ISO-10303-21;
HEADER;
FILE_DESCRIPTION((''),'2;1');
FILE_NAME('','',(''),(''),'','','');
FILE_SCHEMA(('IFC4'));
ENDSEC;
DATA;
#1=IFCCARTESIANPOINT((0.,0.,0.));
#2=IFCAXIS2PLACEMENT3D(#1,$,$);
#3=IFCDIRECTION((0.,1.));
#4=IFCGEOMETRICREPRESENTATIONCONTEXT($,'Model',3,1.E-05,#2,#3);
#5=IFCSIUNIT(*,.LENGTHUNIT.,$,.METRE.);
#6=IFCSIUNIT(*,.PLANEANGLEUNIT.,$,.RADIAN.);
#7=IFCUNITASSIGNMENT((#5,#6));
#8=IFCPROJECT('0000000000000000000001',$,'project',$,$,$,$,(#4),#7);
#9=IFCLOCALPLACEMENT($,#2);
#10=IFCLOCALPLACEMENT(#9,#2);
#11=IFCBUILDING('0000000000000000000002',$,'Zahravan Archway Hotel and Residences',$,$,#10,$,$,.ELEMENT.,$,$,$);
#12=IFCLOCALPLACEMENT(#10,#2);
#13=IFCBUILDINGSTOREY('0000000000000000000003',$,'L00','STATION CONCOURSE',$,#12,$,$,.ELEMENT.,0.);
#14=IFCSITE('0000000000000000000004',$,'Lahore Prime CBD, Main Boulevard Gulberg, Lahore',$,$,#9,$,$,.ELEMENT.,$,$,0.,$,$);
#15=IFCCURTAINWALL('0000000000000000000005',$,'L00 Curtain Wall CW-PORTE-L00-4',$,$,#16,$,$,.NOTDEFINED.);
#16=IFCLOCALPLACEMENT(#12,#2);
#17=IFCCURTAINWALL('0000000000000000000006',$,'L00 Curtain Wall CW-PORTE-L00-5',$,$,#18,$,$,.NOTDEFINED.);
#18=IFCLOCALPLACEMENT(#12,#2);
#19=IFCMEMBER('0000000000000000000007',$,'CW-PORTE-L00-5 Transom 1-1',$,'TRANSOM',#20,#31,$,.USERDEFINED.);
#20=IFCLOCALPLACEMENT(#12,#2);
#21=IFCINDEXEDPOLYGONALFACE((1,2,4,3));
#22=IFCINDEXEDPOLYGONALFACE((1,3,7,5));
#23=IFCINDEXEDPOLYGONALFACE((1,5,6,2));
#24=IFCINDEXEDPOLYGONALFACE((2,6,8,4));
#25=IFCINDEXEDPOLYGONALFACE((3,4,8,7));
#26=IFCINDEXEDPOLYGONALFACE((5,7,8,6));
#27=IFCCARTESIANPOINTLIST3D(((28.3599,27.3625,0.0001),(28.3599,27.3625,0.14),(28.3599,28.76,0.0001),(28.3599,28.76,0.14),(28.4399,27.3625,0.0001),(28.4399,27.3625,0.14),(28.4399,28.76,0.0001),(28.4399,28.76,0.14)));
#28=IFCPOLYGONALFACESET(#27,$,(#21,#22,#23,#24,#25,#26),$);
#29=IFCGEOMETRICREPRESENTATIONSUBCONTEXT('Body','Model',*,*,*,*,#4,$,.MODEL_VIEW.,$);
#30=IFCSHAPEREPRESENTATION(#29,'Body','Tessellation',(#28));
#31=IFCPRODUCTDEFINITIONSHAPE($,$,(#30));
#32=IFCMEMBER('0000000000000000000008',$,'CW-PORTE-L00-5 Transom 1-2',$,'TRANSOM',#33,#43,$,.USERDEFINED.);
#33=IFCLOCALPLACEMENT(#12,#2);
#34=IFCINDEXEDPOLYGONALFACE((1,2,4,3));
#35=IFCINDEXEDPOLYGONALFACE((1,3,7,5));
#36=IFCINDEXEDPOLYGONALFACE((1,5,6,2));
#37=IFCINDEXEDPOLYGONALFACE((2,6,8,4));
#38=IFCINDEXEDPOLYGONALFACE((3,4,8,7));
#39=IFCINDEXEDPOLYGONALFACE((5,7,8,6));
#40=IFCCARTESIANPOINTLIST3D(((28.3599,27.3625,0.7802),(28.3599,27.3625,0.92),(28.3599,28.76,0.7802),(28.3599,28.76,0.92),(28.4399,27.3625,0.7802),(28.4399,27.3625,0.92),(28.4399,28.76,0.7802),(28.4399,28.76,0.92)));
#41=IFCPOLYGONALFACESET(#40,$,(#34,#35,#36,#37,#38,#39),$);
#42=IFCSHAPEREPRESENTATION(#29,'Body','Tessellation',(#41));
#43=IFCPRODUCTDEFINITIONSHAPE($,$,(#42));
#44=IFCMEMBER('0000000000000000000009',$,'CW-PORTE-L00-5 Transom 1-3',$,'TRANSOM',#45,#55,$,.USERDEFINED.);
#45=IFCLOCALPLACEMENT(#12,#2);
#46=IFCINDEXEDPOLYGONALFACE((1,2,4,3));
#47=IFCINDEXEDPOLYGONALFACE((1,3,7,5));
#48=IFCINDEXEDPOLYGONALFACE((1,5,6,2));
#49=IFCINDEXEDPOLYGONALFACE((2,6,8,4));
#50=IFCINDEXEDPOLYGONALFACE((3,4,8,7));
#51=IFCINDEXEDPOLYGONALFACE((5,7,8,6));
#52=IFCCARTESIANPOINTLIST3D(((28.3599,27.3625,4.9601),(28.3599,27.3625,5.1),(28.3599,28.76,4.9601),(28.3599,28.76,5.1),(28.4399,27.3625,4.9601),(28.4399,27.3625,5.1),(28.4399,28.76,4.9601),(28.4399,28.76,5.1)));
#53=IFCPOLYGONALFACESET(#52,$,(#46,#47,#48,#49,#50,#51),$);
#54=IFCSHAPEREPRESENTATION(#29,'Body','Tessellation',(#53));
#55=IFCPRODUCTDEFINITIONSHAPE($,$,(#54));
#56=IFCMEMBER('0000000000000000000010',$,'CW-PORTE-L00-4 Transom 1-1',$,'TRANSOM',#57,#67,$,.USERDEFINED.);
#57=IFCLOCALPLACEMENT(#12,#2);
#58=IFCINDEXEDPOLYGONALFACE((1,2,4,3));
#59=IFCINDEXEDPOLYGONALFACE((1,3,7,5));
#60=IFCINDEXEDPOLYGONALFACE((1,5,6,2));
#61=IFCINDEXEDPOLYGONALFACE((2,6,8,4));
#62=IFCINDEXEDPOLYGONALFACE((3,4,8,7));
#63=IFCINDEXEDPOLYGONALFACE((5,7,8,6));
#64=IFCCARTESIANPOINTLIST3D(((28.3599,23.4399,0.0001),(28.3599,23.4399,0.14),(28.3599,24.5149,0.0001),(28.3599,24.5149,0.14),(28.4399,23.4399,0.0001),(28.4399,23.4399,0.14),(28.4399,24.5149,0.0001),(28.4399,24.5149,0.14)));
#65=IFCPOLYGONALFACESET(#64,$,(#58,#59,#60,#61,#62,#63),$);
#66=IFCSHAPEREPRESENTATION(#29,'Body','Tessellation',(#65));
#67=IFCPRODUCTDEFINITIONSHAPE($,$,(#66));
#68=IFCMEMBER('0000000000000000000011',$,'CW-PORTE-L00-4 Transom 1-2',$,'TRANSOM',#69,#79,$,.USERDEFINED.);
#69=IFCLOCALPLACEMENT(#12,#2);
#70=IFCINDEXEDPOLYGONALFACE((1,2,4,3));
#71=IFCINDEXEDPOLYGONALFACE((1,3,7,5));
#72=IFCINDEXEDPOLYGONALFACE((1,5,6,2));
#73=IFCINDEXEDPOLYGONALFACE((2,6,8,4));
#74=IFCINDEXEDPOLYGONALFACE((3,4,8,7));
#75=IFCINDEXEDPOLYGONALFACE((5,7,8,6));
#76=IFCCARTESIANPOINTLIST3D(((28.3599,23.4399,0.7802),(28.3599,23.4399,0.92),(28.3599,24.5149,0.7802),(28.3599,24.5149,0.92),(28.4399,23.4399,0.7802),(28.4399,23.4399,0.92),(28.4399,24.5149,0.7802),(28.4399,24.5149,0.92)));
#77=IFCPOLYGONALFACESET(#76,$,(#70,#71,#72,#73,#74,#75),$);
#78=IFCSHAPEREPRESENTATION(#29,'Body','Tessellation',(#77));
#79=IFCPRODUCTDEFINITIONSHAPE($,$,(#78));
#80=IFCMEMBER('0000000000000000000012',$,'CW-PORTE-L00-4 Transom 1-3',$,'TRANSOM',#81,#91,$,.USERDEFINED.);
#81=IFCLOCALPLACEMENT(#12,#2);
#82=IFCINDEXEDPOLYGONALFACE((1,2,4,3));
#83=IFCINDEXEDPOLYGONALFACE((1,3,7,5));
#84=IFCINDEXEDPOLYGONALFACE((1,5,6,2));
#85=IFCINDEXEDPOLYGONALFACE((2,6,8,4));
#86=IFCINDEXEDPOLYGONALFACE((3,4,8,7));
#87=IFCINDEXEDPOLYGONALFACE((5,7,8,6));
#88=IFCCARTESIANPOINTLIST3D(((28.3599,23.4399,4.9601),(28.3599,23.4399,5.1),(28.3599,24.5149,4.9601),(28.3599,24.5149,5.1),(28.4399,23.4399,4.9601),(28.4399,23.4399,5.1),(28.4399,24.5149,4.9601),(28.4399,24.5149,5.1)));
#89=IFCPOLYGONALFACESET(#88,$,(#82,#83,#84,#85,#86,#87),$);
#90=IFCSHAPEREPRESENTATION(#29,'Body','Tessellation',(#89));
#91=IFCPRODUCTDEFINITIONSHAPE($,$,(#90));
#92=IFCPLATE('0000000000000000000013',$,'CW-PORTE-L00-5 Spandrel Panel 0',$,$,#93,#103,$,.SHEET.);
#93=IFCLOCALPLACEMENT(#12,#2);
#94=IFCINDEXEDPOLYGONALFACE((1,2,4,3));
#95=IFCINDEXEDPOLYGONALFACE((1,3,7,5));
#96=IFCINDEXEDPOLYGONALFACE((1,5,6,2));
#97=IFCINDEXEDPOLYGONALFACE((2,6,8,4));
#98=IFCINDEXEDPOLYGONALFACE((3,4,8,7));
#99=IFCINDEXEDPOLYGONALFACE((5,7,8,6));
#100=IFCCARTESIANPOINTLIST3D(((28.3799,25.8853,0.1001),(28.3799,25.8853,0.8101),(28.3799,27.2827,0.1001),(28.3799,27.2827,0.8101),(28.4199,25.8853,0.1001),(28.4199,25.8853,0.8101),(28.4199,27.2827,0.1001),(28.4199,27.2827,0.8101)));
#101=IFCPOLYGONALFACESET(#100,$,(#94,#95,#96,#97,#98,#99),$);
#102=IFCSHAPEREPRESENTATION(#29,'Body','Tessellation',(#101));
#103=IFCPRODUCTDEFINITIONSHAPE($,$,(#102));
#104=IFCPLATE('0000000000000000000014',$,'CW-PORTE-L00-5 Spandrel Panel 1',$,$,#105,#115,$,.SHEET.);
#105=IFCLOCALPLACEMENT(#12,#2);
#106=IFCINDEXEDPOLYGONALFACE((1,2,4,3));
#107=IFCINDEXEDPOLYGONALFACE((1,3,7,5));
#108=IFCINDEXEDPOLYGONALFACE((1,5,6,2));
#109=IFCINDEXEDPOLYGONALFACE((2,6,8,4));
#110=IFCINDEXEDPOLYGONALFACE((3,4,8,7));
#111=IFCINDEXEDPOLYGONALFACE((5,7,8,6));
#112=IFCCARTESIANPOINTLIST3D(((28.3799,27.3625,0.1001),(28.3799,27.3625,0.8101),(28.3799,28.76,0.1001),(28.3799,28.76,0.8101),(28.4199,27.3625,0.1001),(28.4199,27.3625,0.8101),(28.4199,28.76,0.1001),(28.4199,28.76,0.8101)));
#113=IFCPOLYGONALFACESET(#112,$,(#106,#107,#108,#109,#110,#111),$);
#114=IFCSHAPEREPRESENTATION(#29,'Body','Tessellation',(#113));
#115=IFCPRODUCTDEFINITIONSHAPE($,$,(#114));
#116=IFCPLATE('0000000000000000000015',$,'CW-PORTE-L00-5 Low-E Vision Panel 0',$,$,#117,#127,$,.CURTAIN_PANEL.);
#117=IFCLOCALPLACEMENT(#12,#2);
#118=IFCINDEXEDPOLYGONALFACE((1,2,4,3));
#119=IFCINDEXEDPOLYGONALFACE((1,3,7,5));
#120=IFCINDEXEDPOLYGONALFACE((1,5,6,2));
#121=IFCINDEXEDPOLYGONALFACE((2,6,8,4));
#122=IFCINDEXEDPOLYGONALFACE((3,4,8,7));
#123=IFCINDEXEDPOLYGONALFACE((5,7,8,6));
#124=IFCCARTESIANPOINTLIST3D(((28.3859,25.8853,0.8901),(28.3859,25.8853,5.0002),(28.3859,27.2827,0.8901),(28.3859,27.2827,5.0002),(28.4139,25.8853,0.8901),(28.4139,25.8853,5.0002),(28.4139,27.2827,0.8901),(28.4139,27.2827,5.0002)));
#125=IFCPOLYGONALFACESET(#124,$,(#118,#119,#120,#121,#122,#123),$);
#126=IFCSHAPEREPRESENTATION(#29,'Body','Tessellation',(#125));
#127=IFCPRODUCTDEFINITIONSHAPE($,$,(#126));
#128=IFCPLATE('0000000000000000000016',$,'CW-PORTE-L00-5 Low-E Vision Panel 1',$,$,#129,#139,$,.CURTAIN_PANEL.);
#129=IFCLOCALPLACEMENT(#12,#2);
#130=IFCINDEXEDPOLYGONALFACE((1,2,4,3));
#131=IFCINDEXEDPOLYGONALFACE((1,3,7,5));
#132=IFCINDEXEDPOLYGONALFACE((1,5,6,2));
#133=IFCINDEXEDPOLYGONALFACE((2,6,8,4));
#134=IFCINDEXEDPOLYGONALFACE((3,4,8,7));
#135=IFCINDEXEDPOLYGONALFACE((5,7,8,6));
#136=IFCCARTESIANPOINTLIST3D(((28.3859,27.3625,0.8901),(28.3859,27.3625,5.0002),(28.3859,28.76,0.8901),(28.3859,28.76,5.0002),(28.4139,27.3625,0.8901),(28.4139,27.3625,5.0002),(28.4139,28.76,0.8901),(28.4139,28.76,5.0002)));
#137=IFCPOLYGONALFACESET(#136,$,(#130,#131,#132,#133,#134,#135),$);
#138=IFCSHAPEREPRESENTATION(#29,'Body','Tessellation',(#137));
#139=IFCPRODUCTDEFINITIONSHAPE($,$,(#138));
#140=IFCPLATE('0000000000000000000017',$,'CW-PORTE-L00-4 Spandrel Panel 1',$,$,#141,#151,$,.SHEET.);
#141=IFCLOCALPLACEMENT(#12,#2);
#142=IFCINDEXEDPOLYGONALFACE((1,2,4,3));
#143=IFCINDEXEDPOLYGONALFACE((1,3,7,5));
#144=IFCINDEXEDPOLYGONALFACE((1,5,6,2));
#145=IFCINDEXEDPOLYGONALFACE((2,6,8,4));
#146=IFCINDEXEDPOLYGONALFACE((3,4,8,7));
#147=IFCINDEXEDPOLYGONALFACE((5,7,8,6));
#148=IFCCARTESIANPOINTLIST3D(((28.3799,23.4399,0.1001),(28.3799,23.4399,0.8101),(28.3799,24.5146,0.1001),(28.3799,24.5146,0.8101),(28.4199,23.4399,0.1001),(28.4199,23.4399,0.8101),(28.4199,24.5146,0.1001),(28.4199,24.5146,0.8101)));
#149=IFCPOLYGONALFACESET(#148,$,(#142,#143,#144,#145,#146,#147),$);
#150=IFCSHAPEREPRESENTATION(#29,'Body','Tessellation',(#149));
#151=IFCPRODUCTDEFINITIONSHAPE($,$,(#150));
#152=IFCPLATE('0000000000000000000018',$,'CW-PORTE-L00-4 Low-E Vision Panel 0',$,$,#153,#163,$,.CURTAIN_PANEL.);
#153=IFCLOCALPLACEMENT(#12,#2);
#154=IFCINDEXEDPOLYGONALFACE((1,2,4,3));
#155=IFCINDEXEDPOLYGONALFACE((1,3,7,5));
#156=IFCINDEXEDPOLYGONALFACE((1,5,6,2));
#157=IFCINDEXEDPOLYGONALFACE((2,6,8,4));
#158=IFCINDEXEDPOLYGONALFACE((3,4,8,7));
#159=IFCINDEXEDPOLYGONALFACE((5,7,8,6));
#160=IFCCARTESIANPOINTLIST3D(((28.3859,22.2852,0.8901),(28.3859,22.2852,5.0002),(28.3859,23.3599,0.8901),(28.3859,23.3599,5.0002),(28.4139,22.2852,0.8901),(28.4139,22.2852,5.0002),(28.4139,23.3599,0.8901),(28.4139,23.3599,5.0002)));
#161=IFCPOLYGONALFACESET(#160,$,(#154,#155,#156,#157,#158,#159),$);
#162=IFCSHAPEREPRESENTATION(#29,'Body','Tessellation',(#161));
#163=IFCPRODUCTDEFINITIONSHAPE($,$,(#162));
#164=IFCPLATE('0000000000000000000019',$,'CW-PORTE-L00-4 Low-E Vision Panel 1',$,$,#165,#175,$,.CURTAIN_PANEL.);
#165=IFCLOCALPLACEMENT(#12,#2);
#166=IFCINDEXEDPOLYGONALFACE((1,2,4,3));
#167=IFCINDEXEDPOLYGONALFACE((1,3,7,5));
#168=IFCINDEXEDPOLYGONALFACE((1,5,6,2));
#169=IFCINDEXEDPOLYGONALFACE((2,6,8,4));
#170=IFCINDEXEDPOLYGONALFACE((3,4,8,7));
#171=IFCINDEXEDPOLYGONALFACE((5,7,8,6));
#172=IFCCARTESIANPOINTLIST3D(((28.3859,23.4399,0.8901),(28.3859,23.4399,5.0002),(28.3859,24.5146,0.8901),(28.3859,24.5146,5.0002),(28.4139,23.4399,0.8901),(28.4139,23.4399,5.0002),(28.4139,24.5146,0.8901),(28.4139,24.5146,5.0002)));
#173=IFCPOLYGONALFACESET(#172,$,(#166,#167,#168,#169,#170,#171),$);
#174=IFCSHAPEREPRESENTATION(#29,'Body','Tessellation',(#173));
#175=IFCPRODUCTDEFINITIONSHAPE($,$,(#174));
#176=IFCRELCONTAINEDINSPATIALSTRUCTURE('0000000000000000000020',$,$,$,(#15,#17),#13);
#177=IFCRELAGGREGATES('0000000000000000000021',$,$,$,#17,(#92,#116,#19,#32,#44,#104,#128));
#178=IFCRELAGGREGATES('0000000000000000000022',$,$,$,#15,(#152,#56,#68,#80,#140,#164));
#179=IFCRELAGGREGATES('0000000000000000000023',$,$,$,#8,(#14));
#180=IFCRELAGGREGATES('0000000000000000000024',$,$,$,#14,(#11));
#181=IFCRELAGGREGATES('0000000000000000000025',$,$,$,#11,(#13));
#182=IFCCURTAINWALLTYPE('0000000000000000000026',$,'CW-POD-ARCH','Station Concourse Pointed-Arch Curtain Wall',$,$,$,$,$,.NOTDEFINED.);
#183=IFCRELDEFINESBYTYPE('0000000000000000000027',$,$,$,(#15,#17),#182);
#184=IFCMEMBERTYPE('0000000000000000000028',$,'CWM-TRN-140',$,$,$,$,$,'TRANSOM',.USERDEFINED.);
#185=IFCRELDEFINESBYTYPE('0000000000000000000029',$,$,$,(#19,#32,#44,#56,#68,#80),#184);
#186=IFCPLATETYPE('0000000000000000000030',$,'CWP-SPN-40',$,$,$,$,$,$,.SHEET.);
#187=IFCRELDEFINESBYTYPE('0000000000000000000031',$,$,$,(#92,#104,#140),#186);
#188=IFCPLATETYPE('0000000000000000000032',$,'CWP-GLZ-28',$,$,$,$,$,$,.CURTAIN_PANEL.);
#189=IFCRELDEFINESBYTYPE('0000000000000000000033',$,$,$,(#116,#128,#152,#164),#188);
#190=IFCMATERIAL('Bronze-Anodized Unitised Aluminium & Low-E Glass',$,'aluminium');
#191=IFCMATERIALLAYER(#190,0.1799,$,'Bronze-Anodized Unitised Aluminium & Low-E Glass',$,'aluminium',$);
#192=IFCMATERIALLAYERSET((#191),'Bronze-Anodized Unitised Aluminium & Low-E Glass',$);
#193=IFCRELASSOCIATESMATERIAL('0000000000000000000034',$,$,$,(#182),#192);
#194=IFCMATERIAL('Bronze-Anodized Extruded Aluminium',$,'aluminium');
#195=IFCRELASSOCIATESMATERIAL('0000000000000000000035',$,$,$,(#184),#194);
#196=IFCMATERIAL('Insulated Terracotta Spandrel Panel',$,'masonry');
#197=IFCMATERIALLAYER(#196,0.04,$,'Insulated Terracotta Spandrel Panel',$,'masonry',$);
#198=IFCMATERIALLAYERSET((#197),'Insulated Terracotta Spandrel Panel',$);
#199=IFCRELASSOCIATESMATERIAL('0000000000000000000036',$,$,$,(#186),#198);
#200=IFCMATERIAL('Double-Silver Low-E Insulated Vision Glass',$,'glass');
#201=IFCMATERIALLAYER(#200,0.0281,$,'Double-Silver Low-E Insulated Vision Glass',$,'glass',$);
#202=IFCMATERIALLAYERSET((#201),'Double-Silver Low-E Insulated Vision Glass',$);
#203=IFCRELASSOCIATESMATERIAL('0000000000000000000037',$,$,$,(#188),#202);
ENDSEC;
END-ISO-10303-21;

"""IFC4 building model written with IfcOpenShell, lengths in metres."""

from ifc_helpers import new_model, si_unit, direction, frame, origin, origin_2d, place, context, subcontext, project, spatial, rectangle, extrude, source, transform, mapped, material, layer, layer_set, material_profile, profile_set, type_object, element, aggregate, save


model = new_model("IFC4")

# Units and contexts
model_context = context("Model", 3, precision=1e-05, world=origin(), true_north=direction((0.0, 1.0)))
body_context = subcontext(model_context, "Body", "Model", "MODEL_VIEW")
ifc_project = project(units=[si_unit("LENGTHUNIT", "METRE"), si_unit("PLANEANGLEUNIT", "RADIAN")], contexts=[model_context])

# Site, building, storey
site_placement = place(None, origin())
site = spatial("IfcSite", under=ifc_project, at=site_placement, Name="Lahore Prime CBD, Main Boulevard Gulberg, Lahore", CompositionType="ELEMENT", RefElevation=0.0)
building_placement = place(site_placement, origin())
building = spatial("IfcBuilding", under=site, at=building_placement, Name="Zahravan Archway Hotel and Residences", CompositionType="ELEMENT")
storey_placement = place(building_placement, origin())
storey = spatial("IfcBuildingStorey", under=building, at=storey_placement, Name="L00", Description="STATION CONCOURSE", CompositionType="ELEMENT", Elevation=0.0)

# Curtain walls, members
ifc_material_1 = material(Name="Bronze-Anodized Unitised Aluminium & Low-E Glass", Category="aluminium")
ifc_layer_1 = layer(ifc_material_1, 0.1799, Name="Bronze-Anodized Unitised Aluminium & Low-E Glass", Category="aluminium")
ifc_layer_set_1 = layer_set([ifc_layer_1], Name="Bronze-Anodized Unitised Aluminium & Low-E Glass")
curtain_wall_type = type_object("IfcCurtainWallType", Name="CW-POD-ARCH", Description="Station Concourse Pointed-Arch Curtain Wall", PredefinedType="NOTDEFINED", material=ifc_layer_set_1)
curtain_wall_1_placement = place(storey_placement, origin())
curtain_wall_1 = element("IfcCurtainWall", 1, at=curtain_wall_1_placement, inside=storey, type_object=curtain_wall_type, Name="L00 Curtain Wall CW-PORTE-L00-4", PredefinedType="NOTDEFINED")
ifc_material_2 = material(Name="Bronze-Anodized Extruded Aluminium", Category="aluminium")
curtain_wall_2_placement = place(storey_placement, origin())
curtain_wall_2 = element("IfcCurtainWall", 2, at=curtain_wall_2_placement, inside=storey, type_object=curtain_wall_type, Name="L00 Curtain Wall CW-PORTE-L00-5", PredefinedType="NOTDEFINED")
ifc_material_profile_1 = material_profile(ifc_material_2, rectangle(XDim=0.0801, YDim=0.1399, at=origin_2d()), Name="TRN 80x140", Category="aluminium")
ifc_profile_set_1 = profile_set([ifc_material_profile_1], Name="Bronze-Anodized Extruded Aluminium")
member_type_1 = type_object("IfcMemberType", Name="CWM-TRN-140", ElementType="TRANSOM", PredefinedType="USERDEFINED", material=ifc_profile_set_1)
shared_shape_1 = source(origin(), body_context, "Body", "SweptSolid", [
    extrude(rectangle(XDim=0.0801, YDim=0.1399, at=origin_2d()), origin(), (0.0, 0.0, 1.0), 1.3975),
])
member_1_placement = place(storey_placement, frame((28.3999, 27.3625, 0.0701), z_axis=(0.0, 1.0, 0.0), x_axis=(-1.0, 0.0, 0.0)))
member_1 = element("IfcMember", 3, at=member_1_placement, type_object=member_type_1, Name="CW-PORTE-L00-5 Transom 1-1", ObjectType="TRANSOM", PredefinedType="USERDEFINED", context=body_context, shape_type="MappedRepresentation", body=[
    mapped(shared_shape_1, transform((0.0, 0.0, 0.0), scale=1.0)),
])
member_2_placement = place(storey_placement, frame((28.3999, 27.3625, 0.8501), z_axis=(0.0, 1.0, 0.0), x_axis=(-1.0, 0.0, 0.0)))
member_2 = element("IfcMember", 4, at=member_2_placement, type_object=member_type_1, Name="CW-PORTE-L00-5 Transom 1-2", ObjectType="TRANSOM", PredefinedType="USERDEFINED", context=body_context, shape_type="MappedRepresentation", body=[
    mapped(shared_shape_1, transform((0.0, 0.0, 0.0), scale=1.0)),
])
member_3_placement = place(storey_placement, frame((28.3999, 27.3625, 5.03), z_axis=(0.0, 1.0, 0.0), x_axis=(-1.0, 0.0, 0.0)))
member_3 = element("IfcMember", 5, at=member_3_placement, type_object=member_type_1, Name="CW-PORTE-L00-5 Transom 1-3", ObjectType="TRANSOM", PredefinedType="USERDEFINED", context=body_context, shape_type="MappedRepresentation", body=[
    mapped(shared_shape_1, transform((0.0, 0.0, 0.0), scale=1.0)),
])

# Members
shared_shape_2 = source(origin(), body_context, "Body", "SweptSolid", [
    extrude(rectangle(XDim=0.0801, YDim=0.1399, at=origin_2d()), origin(), (0.0, 0.0, 1.0), 1.075),
])
member_4_placement = place(storey_placement, frame((28.3999, 23.4399, 0.0701), z_axis=(0.0, 1.0, 0.0), x_axis=(-1.0, 0.0, 0.0)))
member_4 = element("IfcMember", 6, at=member_4_placement, type_object=member_type_1, Name="CW-PORTE-L00-4 Transom 1-1", ObjectType="TRANSOM", PredefinedType="USERDEFINED", context=body_context, shape_type="MappedRepresentation", body=[
    mapped(shared_shape_2, transform((0.0, 0.0, 0.0), scale=1.0)),
])
member_5_placement = place(storey_placement, frame((28.3999, 23.4399, 0.8501), z_axis=(0.0, 1.0, 0.0), x_axis=(-1.0, 0.0, 0.0)))
member_5 = element("IfcMember", 7, at=member_5_placement, type_object=member_type_1, Name="CW-PORTE-L00-4 Transom 1-2", ObjectType="TRANSOM", PredefinedType="USERDEFINED", context=body_context, shape_type="MappedRepresentation", body=[
    mapped(shared_shape_2, transform((0.0, 0.0, 0.0), scale=1.0)),
])
member_6_placement = place(storey_placement, frame((28.3999, 23.4399, 5.03), z_axis=(0.0, 1.0, 0.0), x_axis=(-1.0, 0.0, 0.0)))
member_6 = element("IfcMember", 8, at=member_6_placement, type_object=member_type_1, Name="CW-PORTE-L00-4 Transom 1-3", ObjectType="TRANSOM", PredefinedType="USERDEFINED", context=body_context, shape_type="MappedRepresentation", body=[
    mapped(shared_shape_2, transform((0.0, 0.0, 0.0), scale=1.0)),
])

# Plates
ifc_material_3 = material(Name="Insulated Terracotta Spandrel Panel", Category="masonry")
ifc_layer_2 = layer(ifc_material_3, 0.04, Name="Insulated Terracotta Spandrel Panel", Category="masonry")
ifc_layer_set_2 = layer_set([ifc_layer_2], Name="Insulated Terracotta Spandrel Panel")
plate_type_1 = type_object("IfcPlateType", Name="CWP-SPN-40", PredefinedType="SHEET", material=ifc_layer_set_2)
shared_shape_3 = source(origin(), body_context, "Body", "SweptSolid", [
    extrude(rectangle(XDim=1.3975, YDim=0.04, at=origin_2d()), origin(), (0.0, 0.0, 1.0), 0.71),
])
plate_1_placement = place(storey_placement, frame((28.3999, 26.584, 0.1001), z_axis=(0.0, 0.0, 1.0), x_axis=(0.0, 1.0, 0.0)))
plate_1 = element("IfcPlate", 9, at=plate_1_placement, type_object=plate_type_1, Name="CW-PORTE-L00-5 Spandrel Panel 0", PredefinedType="SHEET", context=body_context, shape_type="MappedRepresentation", body=[
    mapped(shared_shape_3, transform((0.0, 0.0, 0.0), scale=1.0)),
])
plate_2_placement = place(storey_placement, frame((28.3999, 28.0613, 0.1001), z_axis=(0.0, 0.0, 1.0), x_axis=(0.0, 1.0, 0.0)))
plate_2 = element("IfcPlate", 10, at=plate_2_placement, type_object=plate_type_1, Name="CW-PORTE-L00-5 Spandrel Panel 1", PredefinedType="SHEET", context=body_context, shape_type="MappedRepresentation", body=[
    mapped(shared_shape_3, transform((0.0, 0.0, 0.0), scale=1.0)),
])
ifc_material_4 = material(Name="Double-Silver Low-E Insulated Vision Glass", Category="glass")
ifc_layer_3 = layer(ifc_material_4, 0.0281, Name="Double-Silver Low-E Insulated Vision Glass", Category="glass")
ifc_layer_set_3 = layer_set([ifc_layer_3], Name="Double-Silver Low-E Insulated Vision Glass")
plate_type_2 = type_object("IfcPlateType", Name="CWP-GLZ-28", PredefinedType="CURTAIN_PANEL", material=ifc_layer_set_3)
shared_shape_4 = source(origin(), body_context, "Body", "SweptSolid", [
    extrude(rectangle(XDim=1.3975, YDim=0.0281, at=origin_2d()), origin(), (0.0, 0.0, 1.0), 4.1101),
])
plate_3_placement = place(storey_placement, frame((28.3999, 26.584, 0.8901), z_axis=(0.0, 0.0, 1.0), x_axis=(0.0, 1.0, 0.0)))
plate_3 = element("IfcPlate", 11, at=plate_3_placement, type_object=plate_type_2, Name="CW-PORTE-L00-5 Low-E Vision Panel 0", PredefinedType="CURTAIN_PANEL", context=body_context, shape_type="MappedRepresentation", body=[
    mapped(shared_shape_4, transform((0.0, 0.0, 0.0), scale=1.0)),
])
plate_4_placement = place(storey_placement, frame((28.3999, 28.0613, 0.8901), z_axis=(0.0, 0.0, 1.0), x_axis=(0.0, 1.0, 0.0)))
plate_4 = element("IfcPlate", 12, at=plate_4_placement, type_object=plate_type_2, Name="CW-PORTE-L00-5 Low-E Vision Panel 1", PredefinedType="CURTAIN_PANEL", context=body_context, shape_type="MappedRepresentation", body=[
    mapped(shared_shape_4, transform((0.0, 0.0, 0.0), scale=1.0)),
])
aggregate(curtain_wall_2, [plate_1, plate_3, member_1, member_2, member_3, plate_2, plate_4])
shared_shape_5 = source(origin(), body_context, "Body", "SweptSolid", [
    extrude(rectangle(XDim=1.0747, YDim=0.04, at=origin_2d()), origin(), (0.0, 0.0, 1.0), 0.71),
])
plate_5_placement = place(storey_placement, frame((28.3999, 23.9773, 0.1001), z_axis=(0.0, 0.0, 1.0), x_axis=(0.0, 1.0, 0.0)))
plate_5 = element("IfcPlate", 13, at=plate_5_placement, type_object=plate_type_1, Name="CW-PORTE-L00-4 Spandrel Panel 1", PredefinedType="SHEET", context=body_context, shape_type="MappedRepresentation", body=[
    mapped(shared_shape_5, transform((0.0, 0.0, 0.0), scale=1.0)),
])
shared_shape_6 = source(origin(), body_context, "Body", "SweptSolid", [
    extrude(rectangle(XDim=1.0747, YDim=0.0281, at=origin_2d()), origin(), (0.0, 0.0, 1.0), 4.1101),
])
plate_6_placement = place(storey_placement, frame((28.3999, 22.8225, 0.8901), z_axis=(0.0, 0.0, 1.0), x_axis=(0.0, 1.0, 0.0)))
plate_6 = element("IfcPlate", 14, at=plate_6_placement, type_object=plate_type_2, Name="CW-PORTE-L00-4 Low-E Vision Panel 0", PredefinedType="CURTAIN_PANEL", context=body_context, shape_type="MappedRepresentation", body=[
    mapped(shared_shape_6, transform((0.0, 0.0, 0.0), scale=1.0)),
])
plate_7_placement = place(storey_placement, frame((28.3999, 23.9773, 0.8901), z_axis=(0.0, 0.0, 1.0), x_axis=(0.0, 1.0, 0.0)))
plate_7 = element("IfcPlate", 15, at=plate_7_placement, type_object=plate_type_2, Name="CW-PORTE-L00-4 Low-E Vision Panel 1", PredefinedType="CURTAIN_PANEL", context=body_context, shape_type="MappedRepresentation", body=[
    mapped(shared_shape_6, transform((0.0, 0.0, 0.0), scale=1.0)),
])
aggregate(curtain_wall_1, [plate_6, member_4, member_5, member_6, plate_5, plate_7])

save(model, "model.ifc")
